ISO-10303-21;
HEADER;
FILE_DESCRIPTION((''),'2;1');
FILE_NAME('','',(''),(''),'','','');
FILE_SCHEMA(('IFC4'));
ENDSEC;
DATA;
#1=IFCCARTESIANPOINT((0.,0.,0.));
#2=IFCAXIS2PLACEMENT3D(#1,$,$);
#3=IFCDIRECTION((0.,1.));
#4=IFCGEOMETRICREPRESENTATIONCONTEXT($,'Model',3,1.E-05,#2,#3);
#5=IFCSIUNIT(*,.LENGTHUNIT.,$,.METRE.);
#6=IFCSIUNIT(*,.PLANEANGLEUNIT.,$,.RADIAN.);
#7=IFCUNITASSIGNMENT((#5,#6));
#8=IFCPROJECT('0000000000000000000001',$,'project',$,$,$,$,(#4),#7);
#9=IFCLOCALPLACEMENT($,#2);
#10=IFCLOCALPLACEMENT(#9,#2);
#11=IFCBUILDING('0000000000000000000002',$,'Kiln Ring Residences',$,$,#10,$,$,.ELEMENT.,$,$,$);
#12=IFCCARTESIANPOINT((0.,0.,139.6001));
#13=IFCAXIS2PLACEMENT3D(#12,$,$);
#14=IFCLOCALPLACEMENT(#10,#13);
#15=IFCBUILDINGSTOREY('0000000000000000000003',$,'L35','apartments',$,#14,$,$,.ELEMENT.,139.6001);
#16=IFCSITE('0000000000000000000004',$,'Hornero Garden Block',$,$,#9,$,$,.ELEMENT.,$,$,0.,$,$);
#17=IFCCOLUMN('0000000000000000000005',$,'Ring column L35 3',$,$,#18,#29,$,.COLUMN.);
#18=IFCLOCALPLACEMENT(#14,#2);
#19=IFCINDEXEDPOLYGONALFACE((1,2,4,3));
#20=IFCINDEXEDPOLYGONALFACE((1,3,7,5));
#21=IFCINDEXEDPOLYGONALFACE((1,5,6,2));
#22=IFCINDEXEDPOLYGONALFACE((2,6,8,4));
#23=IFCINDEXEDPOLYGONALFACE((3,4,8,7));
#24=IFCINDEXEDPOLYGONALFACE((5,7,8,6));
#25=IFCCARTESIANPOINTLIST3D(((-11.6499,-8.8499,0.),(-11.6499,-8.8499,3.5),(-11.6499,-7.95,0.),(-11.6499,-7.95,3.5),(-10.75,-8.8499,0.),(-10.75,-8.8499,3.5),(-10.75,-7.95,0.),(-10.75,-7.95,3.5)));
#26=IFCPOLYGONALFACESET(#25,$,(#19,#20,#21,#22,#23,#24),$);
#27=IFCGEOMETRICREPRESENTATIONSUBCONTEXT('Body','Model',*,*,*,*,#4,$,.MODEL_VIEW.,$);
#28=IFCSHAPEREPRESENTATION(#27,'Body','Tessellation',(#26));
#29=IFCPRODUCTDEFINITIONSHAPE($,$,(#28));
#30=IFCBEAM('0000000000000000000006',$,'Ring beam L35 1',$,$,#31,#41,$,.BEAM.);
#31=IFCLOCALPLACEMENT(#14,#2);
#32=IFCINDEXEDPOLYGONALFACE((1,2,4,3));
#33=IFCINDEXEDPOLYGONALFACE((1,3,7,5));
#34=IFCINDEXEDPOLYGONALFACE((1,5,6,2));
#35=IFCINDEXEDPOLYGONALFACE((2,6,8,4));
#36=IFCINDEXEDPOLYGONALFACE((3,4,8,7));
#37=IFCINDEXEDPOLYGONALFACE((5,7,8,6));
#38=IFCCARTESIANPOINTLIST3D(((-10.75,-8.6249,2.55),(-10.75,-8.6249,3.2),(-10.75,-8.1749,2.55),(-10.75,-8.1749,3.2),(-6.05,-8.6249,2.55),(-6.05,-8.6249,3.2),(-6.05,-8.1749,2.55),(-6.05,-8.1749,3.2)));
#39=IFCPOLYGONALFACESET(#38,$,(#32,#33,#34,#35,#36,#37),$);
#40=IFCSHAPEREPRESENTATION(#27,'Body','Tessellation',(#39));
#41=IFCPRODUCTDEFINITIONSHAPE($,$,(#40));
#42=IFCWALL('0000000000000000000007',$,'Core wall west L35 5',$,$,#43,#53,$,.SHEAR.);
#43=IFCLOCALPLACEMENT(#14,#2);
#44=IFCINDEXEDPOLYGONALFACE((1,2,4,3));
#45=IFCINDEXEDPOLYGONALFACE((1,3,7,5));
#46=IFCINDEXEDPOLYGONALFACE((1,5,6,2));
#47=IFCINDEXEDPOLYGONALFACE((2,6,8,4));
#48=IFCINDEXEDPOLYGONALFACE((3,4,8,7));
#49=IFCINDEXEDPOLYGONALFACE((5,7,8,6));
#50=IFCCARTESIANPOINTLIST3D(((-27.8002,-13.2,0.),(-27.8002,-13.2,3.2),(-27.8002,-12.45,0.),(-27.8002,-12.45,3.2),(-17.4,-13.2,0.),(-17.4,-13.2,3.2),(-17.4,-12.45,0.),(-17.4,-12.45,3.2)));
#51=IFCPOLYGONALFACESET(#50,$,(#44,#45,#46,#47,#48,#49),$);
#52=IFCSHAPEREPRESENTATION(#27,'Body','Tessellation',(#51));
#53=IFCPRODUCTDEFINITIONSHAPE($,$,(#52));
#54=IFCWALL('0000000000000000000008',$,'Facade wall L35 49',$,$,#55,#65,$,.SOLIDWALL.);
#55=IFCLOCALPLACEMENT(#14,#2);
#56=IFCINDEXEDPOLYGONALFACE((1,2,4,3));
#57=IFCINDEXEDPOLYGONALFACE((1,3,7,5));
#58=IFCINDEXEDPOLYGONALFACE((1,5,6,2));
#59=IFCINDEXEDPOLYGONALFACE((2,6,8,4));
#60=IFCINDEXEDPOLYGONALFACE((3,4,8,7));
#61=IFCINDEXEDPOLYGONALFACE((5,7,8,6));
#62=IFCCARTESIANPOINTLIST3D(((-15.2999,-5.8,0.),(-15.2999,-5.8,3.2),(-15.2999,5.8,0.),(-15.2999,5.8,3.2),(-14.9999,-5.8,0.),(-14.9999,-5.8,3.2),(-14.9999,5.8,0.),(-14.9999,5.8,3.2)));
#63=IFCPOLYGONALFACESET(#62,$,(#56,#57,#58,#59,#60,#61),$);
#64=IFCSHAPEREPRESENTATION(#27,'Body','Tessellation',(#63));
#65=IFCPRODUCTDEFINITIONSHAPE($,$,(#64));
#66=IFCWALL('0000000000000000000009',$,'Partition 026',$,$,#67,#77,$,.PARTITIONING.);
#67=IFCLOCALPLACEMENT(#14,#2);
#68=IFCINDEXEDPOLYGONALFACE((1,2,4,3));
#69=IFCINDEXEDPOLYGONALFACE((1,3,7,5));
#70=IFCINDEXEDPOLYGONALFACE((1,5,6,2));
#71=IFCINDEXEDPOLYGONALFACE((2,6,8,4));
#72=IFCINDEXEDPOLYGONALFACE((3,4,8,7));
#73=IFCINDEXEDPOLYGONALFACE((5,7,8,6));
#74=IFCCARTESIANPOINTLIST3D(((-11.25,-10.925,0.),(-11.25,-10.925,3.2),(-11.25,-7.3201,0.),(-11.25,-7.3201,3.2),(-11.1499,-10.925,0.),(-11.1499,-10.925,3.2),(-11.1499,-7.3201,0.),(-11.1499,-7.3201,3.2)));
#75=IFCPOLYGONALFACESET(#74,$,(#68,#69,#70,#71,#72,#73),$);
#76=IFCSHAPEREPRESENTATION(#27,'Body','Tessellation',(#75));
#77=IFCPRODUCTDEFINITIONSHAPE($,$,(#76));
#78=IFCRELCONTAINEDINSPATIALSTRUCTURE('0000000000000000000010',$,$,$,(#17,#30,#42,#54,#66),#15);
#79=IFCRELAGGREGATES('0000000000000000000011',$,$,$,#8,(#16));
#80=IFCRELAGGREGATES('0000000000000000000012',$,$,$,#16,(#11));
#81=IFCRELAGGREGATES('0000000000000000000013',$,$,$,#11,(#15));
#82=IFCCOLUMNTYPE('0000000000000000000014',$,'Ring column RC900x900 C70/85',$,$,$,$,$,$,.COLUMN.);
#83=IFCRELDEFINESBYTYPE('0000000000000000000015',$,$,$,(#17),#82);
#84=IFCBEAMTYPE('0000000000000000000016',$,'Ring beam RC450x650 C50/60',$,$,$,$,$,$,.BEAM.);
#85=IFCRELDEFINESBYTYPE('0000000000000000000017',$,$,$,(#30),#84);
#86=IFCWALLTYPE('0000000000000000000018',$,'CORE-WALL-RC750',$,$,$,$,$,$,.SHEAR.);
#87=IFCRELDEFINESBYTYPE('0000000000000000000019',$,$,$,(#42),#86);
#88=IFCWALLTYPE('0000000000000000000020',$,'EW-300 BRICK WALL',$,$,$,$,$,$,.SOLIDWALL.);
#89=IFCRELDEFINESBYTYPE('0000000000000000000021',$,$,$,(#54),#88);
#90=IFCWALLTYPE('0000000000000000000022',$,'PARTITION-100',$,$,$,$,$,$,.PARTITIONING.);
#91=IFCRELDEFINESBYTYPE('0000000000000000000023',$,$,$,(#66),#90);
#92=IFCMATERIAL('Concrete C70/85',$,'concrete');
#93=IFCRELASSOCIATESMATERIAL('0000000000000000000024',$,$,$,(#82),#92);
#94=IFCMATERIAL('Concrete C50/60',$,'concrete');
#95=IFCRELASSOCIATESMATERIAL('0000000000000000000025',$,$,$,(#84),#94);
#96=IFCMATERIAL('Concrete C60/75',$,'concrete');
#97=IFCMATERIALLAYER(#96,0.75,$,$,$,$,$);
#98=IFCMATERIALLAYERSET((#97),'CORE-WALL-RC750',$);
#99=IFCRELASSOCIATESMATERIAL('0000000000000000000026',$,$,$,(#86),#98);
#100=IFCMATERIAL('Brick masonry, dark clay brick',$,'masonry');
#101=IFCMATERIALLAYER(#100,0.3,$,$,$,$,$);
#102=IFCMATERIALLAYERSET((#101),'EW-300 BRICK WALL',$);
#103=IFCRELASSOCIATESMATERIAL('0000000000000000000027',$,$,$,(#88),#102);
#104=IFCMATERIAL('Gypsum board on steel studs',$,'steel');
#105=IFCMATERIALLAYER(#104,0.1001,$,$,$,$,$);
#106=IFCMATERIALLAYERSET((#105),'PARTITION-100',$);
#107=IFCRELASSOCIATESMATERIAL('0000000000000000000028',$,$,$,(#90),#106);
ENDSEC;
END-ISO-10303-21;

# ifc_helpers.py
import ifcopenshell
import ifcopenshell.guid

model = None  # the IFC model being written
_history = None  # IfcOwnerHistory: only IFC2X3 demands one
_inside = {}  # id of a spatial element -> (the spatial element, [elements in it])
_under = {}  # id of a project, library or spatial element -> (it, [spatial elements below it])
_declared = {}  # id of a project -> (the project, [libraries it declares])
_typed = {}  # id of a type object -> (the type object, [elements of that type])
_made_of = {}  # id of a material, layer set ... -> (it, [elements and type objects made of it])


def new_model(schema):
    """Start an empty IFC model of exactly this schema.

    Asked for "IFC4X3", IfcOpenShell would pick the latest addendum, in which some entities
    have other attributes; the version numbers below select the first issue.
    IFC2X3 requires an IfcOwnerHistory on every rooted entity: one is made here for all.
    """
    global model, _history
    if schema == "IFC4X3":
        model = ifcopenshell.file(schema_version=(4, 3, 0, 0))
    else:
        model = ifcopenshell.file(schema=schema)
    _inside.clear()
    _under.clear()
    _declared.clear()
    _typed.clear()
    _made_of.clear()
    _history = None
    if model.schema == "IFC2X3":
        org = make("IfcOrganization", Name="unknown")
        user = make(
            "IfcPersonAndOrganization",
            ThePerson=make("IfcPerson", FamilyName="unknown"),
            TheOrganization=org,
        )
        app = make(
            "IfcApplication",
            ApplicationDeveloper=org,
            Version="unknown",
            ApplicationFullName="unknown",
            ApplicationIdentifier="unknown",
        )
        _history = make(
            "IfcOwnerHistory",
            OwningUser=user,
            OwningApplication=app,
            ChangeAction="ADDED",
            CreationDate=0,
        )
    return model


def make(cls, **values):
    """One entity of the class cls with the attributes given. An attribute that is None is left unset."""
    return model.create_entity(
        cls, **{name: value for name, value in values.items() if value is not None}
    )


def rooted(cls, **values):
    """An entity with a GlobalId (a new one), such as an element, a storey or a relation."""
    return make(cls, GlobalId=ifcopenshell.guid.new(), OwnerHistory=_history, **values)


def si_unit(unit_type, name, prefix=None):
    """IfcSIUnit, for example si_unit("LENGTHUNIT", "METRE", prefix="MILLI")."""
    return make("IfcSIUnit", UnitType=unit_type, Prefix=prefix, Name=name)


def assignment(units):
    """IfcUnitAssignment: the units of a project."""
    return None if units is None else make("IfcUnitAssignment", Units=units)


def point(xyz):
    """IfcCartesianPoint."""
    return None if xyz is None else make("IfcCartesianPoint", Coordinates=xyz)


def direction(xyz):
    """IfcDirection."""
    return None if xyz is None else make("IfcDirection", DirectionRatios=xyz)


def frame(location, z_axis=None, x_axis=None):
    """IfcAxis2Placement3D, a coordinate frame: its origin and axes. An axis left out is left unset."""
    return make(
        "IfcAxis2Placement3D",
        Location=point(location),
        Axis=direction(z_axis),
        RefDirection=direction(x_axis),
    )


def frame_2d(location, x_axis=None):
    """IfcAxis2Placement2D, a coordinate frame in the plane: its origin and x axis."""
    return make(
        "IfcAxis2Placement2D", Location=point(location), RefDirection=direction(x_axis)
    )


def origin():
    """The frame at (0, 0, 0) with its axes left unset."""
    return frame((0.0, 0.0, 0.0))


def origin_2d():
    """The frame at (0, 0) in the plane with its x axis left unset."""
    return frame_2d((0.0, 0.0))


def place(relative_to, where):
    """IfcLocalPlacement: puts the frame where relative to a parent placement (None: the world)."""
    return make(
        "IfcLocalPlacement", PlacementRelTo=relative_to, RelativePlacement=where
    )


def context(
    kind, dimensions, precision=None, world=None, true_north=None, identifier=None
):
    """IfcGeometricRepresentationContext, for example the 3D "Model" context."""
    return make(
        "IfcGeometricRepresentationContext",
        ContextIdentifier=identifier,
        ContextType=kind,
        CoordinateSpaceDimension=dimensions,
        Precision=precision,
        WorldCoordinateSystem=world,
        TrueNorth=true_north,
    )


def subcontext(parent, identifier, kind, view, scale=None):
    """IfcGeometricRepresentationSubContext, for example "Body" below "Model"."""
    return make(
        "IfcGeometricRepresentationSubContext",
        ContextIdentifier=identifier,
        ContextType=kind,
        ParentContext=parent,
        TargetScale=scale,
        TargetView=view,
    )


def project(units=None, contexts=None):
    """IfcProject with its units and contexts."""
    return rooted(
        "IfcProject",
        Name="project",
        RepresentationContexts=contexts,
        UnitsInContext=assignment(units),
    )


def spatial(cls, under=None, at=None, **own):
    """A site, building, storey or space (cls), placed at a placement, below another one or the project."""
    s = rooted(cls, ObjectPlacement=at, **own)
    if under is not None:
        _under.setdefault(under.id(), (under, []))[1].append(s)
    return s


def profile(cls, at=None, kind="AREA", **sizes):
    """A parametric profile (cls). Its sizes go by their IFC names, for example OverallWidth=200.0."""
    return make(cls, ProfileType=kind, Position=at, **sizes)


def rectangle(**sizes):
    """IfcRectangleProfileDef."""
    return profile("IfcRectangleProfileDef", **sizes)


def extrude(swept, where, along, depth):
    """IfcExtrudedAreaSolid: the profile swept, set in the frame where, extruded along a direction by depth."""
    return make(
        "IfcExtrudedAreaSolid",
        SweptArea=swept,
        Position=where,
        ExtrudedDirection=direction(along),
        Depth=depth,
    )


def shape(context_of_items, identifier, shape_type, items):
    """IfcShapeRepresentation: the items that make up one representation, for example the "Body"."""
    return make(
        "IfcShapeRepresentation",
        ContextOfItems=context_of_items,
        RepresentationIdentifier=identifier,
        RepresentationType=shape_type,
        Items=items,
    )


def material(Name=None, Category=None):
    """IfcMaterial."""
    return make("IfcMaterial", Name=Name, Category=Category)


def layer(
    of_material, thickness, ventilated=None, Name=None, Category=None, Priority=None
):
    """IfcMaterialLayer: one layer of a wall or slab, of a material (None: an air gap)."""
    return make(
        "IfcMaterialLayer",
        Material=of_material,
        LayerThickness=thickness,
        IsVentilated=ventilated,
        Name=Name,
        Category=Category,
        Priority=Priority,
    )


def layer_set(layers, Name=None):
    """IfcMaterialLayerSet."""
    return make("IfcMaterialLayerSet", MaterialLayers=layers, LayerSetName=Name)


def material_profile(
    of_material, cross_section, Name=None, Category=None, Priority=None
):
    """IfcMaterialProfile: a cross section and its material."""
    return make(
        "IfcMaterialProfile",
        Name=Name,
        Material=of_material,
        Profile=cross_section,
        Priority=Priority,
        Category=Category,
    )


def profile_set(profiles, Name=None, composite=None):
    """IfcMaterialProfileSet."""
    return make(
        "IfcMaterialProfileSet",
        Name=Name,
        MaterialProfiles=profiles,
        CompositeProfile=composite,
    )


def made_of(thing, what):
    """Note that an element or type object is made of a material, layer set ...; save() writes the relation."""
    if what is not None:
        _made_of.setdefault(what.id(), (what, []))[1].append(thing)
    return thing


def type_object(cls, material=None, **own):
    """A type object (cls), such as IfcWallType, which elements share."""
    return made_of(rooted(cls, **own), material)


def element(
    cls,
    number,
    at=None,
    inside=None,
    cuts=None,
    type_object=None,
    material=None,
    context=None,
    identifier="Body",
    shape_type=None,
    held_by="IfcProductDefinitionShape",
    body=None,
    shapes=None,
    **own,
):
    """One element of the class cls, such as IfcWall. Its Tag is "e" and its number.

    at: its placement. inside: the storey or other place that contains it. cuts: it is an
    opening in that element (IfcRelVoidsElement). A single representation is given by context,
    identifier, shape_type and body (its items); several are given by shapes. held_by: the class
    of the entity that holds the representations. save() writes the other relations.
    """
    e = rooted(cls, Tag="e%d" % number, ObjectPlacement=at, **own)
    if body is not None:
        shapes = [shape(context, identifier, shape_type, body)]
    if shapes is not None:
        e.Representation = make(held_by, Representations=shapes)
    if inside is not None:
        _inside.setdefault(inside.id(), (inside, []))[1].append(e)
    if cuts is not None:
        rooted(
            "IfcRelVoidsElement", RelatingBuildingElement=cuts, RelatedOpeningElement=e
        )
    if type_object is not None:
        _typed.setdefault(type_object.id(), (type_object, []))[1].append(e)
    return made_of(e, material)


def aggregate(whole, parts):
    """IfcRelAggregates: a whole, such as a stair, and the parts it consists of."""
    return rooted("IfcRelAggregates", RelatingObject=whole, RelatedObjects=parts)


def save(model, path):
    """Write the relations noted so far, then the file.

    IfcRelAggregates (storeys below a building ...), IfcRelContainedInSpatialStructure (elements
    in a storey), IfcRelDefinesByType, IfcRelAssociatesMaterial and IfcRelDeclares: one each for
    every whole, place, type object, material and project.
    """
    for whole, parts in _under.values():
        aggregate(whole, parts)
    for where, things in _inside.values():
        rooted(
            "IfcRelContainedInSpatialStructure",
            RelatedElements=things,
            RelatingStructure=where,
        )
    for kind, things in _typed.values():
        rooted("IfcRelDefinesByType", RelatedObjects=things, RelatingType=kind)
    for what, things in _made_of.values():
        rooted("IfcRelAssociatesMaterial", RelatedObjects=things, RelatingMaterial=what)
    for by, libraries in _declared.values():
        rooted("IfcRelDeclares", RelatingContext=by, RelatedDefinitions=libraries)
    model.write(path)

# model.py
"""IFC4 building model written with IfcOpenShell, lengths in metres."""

from ifc_helpers import new_model, si_unit, direction, frame, frame_2d, origin, origin_2d, place, context, subcontext, project, spatial, rectangle, extrude, material, layer, layer_set, material_profile, profile_set, type_object, element, save


model = new_model("IFC4")

# Units and contexts
model_context = context("Model", 3, precision=1e-05, world=origin(), true_north=direction((0.0, 1.0)))
body_context = subcontext(model_context, "Body", "Model", "MODEL_VIEW")
ifc_project = project(units=[si_unit("LENGTHUNIT", "METRE"), si_unit("PLANEANGLEUNIT", "RADIAN")], contexts=[model_context])

# Site, building, storey
site_placement = place(None, origin())
site = spatial("IfcSite", under=ifc_project, at=site_placement, Name="Hornero Garden Block", CompositionType="ELEMENT", RefElevation=0.0)
building_placement = place(site_placement, origin())
building = spatial("IfcBuilding", under=site, at=building_placement, Name="Kiln Ring Residences", CompositionType="ELEMENT")
storey_placement = place(building_placement, frame((0.0, 0.0, 139.6001)))
storey = spatial("IfcBuildingStorey", under=building, at=storey_placement, Name="L35", Description="apartments", CompositionType="ELEMENT", Elevation=139.6001)

# Column
ifc_material_1 = material(Name="Concrete C70/85", Category="concrete")
ifc_material_profile_1 = material_profile(ifc_material_1, rectangle(XDim=0.8999, YDim=0.8999, at=origin_2d()), Name="RC900x900")
ifc_profile_set_1 = profile_set([ifc_material_profile_1], Name="Concrete C70/85")
column_type = type_object("IfcColumnType", Name="Ring column RC900x900 C70/85", PredefinedType="COLUMN", material=ifc_profile_set_1)
column_placement = place(storey_placement, frame((-11.2, -8.3999, 0.0), z_axis=(0.0, 0.0, 1.0), x_axis=(1.0, 0.0, 0.0)))
element("IfcColumn", 1, at=column_placement, inside=storey, type_object=column_type, Name="Ring column L35 3", PredefinedType="COLUMN", context=body_context, shape_type="SweptSolid", body=[
    extrude(rectangle(XDim=0.8999, YDim=0.8999, at=origin_2d()), origin(), (0.0, 0.0, 1.0), 3.5),
])

# Beam
ifc_material_2 = material(Name="Concrete C50/60", Category="concrete")
ifc_material_profile_2 = material_profile(ifc_material_2, rectangle(XDim=0.45, YDim=0.6499, at=origin_2d()), Name="RC450x650")
ifc_profile_set_2 = profile_set([ifc_material_profile_2], Name="Concrete C50/60")
beam_type = type_object("IfcBeamType", Name="Ring beam RC450x650 C50/60", PredefinedType="BEAM", material=ifc_profile_set_2)
beam_placement = place(storey_placement, frame((-10.75, -8.3999, 2.875), z_axis=(1.0, 0.0, 0.0), x_axis=(0.0, 1.0, 0.0)))
element("IfcBeam", 2, at=beam_placement, inside=storey, type_object=beam_type, Name="Ring beam L35 1", PredefinedType="BEAM", context=body_context, shape_type="SweptSolid", body=[
    extrude(rectangle(XDim=0.45, YDim=0.6499, at=origin_2d()), origin(), (0.0, 0.0, 1.0), 4.7),
])

# Walls
ifc_material_3 = material(Name="Concrete C60/75", Category="concrete")
ifc_layer_1 = layer(ifc_material_3, 0.75)
ifc_layer_set_1 = layer_set([ifc_layer_1], Name="CORE-WALL-RC750")
wall_type_1 = type_object("IfcWallType", Name="CORE-WALL-RC750", PredefinedType="SHEAR", material=ifc_layer_set_1)
wall_1_placement = place(storey_placement, frame((-17.3999, -12.825, 0.0), z_axis=(0.0, 0.0, 1.0), x_axis=(-1.0, 0.0, 0.0)))
element("IfcWall", 3, at=wall_1_placement, inside=storey, type_object=wall_type_1, Name="Core wall west L35 5", PredefinedType="SHEAR", context=body_context, shape_type="SweptSolid", body=[
    extrude(rectangle(XDim=10.4001, YDim=0.75, at=frame_2d((5.2002, 0.0))), origin(), (0.0, 0.0, 1.0), 3.2),
])
ifc_material_4 = material(Name="Brick masonry, dark clay brick", Category="masonry")
ifc_layer_2 = layer(ifc_material_4, 0.3)
ifc_layer_set_2 = layer_set([ifc_layer_2], Name="EW-300 BRICK WALL")
wall_type_2 = type_object("IfcWallType", Name="EW-300 BRICK WALL", PredefinedType="SOLIDWALL", material=ifc_layer_set_2)
wall_2_placement = place(storey_placement, frame((-15.1499, -5.8, 0.0), z_axis=(0.0, 0.0, 1.0), x_axis=(0.0, 1.0, 0.0)))
element("IfcWall", 4, at=wall_2_placement, inside=storey, type_object=wall_type_2, Name="Facade wall L35 49", PredefinedType="SOLIDWALL", context=body_context, shape_type="SweptSolid", body=[
    extrude(rectangle(XDim=11.6001, YDim=0.3, at=frame_2d((5.8, 0.0))), origin(), (0.0, 0.0, 1.0), 3.2),
])
ifc_material_5 = material(Name="Gypsum board on steel studs", Category="steel")
ifc_layer_3 = layer(ifc_material_5, 0.1001)
ifc_layer_set_3 = layer_set([ifc_layer_3], Name="PARTITION-100")
wall_type_3 = type_object("IfcWallType", Name="PARTITION-100", PredefinedType="PARTITIONING", material=ifc_layer_set_3)
wall_3_placement = place(storey_placement, frame((-11.2, -10.925, 0.0), z_axis=(0.0, 0.0, 1.0), x_axis=(0.0, 1.0, 0.0)))
element("IfcWall", 5, at=wall_3_placement, inside=storey, type_object=wall_type_3, Name="Partition 026", PredefinedType="PARTITIONING", context=body_context, shape_type="SweptSolid", body=[
    extrude(rectangle(XDim=3.605, YDim=0.1001, at=frame_2d((1.8025, 0.0))), origin(), (0.0, 0.0, 1.0), 3.2),
])

save(model, "model.ifc")
